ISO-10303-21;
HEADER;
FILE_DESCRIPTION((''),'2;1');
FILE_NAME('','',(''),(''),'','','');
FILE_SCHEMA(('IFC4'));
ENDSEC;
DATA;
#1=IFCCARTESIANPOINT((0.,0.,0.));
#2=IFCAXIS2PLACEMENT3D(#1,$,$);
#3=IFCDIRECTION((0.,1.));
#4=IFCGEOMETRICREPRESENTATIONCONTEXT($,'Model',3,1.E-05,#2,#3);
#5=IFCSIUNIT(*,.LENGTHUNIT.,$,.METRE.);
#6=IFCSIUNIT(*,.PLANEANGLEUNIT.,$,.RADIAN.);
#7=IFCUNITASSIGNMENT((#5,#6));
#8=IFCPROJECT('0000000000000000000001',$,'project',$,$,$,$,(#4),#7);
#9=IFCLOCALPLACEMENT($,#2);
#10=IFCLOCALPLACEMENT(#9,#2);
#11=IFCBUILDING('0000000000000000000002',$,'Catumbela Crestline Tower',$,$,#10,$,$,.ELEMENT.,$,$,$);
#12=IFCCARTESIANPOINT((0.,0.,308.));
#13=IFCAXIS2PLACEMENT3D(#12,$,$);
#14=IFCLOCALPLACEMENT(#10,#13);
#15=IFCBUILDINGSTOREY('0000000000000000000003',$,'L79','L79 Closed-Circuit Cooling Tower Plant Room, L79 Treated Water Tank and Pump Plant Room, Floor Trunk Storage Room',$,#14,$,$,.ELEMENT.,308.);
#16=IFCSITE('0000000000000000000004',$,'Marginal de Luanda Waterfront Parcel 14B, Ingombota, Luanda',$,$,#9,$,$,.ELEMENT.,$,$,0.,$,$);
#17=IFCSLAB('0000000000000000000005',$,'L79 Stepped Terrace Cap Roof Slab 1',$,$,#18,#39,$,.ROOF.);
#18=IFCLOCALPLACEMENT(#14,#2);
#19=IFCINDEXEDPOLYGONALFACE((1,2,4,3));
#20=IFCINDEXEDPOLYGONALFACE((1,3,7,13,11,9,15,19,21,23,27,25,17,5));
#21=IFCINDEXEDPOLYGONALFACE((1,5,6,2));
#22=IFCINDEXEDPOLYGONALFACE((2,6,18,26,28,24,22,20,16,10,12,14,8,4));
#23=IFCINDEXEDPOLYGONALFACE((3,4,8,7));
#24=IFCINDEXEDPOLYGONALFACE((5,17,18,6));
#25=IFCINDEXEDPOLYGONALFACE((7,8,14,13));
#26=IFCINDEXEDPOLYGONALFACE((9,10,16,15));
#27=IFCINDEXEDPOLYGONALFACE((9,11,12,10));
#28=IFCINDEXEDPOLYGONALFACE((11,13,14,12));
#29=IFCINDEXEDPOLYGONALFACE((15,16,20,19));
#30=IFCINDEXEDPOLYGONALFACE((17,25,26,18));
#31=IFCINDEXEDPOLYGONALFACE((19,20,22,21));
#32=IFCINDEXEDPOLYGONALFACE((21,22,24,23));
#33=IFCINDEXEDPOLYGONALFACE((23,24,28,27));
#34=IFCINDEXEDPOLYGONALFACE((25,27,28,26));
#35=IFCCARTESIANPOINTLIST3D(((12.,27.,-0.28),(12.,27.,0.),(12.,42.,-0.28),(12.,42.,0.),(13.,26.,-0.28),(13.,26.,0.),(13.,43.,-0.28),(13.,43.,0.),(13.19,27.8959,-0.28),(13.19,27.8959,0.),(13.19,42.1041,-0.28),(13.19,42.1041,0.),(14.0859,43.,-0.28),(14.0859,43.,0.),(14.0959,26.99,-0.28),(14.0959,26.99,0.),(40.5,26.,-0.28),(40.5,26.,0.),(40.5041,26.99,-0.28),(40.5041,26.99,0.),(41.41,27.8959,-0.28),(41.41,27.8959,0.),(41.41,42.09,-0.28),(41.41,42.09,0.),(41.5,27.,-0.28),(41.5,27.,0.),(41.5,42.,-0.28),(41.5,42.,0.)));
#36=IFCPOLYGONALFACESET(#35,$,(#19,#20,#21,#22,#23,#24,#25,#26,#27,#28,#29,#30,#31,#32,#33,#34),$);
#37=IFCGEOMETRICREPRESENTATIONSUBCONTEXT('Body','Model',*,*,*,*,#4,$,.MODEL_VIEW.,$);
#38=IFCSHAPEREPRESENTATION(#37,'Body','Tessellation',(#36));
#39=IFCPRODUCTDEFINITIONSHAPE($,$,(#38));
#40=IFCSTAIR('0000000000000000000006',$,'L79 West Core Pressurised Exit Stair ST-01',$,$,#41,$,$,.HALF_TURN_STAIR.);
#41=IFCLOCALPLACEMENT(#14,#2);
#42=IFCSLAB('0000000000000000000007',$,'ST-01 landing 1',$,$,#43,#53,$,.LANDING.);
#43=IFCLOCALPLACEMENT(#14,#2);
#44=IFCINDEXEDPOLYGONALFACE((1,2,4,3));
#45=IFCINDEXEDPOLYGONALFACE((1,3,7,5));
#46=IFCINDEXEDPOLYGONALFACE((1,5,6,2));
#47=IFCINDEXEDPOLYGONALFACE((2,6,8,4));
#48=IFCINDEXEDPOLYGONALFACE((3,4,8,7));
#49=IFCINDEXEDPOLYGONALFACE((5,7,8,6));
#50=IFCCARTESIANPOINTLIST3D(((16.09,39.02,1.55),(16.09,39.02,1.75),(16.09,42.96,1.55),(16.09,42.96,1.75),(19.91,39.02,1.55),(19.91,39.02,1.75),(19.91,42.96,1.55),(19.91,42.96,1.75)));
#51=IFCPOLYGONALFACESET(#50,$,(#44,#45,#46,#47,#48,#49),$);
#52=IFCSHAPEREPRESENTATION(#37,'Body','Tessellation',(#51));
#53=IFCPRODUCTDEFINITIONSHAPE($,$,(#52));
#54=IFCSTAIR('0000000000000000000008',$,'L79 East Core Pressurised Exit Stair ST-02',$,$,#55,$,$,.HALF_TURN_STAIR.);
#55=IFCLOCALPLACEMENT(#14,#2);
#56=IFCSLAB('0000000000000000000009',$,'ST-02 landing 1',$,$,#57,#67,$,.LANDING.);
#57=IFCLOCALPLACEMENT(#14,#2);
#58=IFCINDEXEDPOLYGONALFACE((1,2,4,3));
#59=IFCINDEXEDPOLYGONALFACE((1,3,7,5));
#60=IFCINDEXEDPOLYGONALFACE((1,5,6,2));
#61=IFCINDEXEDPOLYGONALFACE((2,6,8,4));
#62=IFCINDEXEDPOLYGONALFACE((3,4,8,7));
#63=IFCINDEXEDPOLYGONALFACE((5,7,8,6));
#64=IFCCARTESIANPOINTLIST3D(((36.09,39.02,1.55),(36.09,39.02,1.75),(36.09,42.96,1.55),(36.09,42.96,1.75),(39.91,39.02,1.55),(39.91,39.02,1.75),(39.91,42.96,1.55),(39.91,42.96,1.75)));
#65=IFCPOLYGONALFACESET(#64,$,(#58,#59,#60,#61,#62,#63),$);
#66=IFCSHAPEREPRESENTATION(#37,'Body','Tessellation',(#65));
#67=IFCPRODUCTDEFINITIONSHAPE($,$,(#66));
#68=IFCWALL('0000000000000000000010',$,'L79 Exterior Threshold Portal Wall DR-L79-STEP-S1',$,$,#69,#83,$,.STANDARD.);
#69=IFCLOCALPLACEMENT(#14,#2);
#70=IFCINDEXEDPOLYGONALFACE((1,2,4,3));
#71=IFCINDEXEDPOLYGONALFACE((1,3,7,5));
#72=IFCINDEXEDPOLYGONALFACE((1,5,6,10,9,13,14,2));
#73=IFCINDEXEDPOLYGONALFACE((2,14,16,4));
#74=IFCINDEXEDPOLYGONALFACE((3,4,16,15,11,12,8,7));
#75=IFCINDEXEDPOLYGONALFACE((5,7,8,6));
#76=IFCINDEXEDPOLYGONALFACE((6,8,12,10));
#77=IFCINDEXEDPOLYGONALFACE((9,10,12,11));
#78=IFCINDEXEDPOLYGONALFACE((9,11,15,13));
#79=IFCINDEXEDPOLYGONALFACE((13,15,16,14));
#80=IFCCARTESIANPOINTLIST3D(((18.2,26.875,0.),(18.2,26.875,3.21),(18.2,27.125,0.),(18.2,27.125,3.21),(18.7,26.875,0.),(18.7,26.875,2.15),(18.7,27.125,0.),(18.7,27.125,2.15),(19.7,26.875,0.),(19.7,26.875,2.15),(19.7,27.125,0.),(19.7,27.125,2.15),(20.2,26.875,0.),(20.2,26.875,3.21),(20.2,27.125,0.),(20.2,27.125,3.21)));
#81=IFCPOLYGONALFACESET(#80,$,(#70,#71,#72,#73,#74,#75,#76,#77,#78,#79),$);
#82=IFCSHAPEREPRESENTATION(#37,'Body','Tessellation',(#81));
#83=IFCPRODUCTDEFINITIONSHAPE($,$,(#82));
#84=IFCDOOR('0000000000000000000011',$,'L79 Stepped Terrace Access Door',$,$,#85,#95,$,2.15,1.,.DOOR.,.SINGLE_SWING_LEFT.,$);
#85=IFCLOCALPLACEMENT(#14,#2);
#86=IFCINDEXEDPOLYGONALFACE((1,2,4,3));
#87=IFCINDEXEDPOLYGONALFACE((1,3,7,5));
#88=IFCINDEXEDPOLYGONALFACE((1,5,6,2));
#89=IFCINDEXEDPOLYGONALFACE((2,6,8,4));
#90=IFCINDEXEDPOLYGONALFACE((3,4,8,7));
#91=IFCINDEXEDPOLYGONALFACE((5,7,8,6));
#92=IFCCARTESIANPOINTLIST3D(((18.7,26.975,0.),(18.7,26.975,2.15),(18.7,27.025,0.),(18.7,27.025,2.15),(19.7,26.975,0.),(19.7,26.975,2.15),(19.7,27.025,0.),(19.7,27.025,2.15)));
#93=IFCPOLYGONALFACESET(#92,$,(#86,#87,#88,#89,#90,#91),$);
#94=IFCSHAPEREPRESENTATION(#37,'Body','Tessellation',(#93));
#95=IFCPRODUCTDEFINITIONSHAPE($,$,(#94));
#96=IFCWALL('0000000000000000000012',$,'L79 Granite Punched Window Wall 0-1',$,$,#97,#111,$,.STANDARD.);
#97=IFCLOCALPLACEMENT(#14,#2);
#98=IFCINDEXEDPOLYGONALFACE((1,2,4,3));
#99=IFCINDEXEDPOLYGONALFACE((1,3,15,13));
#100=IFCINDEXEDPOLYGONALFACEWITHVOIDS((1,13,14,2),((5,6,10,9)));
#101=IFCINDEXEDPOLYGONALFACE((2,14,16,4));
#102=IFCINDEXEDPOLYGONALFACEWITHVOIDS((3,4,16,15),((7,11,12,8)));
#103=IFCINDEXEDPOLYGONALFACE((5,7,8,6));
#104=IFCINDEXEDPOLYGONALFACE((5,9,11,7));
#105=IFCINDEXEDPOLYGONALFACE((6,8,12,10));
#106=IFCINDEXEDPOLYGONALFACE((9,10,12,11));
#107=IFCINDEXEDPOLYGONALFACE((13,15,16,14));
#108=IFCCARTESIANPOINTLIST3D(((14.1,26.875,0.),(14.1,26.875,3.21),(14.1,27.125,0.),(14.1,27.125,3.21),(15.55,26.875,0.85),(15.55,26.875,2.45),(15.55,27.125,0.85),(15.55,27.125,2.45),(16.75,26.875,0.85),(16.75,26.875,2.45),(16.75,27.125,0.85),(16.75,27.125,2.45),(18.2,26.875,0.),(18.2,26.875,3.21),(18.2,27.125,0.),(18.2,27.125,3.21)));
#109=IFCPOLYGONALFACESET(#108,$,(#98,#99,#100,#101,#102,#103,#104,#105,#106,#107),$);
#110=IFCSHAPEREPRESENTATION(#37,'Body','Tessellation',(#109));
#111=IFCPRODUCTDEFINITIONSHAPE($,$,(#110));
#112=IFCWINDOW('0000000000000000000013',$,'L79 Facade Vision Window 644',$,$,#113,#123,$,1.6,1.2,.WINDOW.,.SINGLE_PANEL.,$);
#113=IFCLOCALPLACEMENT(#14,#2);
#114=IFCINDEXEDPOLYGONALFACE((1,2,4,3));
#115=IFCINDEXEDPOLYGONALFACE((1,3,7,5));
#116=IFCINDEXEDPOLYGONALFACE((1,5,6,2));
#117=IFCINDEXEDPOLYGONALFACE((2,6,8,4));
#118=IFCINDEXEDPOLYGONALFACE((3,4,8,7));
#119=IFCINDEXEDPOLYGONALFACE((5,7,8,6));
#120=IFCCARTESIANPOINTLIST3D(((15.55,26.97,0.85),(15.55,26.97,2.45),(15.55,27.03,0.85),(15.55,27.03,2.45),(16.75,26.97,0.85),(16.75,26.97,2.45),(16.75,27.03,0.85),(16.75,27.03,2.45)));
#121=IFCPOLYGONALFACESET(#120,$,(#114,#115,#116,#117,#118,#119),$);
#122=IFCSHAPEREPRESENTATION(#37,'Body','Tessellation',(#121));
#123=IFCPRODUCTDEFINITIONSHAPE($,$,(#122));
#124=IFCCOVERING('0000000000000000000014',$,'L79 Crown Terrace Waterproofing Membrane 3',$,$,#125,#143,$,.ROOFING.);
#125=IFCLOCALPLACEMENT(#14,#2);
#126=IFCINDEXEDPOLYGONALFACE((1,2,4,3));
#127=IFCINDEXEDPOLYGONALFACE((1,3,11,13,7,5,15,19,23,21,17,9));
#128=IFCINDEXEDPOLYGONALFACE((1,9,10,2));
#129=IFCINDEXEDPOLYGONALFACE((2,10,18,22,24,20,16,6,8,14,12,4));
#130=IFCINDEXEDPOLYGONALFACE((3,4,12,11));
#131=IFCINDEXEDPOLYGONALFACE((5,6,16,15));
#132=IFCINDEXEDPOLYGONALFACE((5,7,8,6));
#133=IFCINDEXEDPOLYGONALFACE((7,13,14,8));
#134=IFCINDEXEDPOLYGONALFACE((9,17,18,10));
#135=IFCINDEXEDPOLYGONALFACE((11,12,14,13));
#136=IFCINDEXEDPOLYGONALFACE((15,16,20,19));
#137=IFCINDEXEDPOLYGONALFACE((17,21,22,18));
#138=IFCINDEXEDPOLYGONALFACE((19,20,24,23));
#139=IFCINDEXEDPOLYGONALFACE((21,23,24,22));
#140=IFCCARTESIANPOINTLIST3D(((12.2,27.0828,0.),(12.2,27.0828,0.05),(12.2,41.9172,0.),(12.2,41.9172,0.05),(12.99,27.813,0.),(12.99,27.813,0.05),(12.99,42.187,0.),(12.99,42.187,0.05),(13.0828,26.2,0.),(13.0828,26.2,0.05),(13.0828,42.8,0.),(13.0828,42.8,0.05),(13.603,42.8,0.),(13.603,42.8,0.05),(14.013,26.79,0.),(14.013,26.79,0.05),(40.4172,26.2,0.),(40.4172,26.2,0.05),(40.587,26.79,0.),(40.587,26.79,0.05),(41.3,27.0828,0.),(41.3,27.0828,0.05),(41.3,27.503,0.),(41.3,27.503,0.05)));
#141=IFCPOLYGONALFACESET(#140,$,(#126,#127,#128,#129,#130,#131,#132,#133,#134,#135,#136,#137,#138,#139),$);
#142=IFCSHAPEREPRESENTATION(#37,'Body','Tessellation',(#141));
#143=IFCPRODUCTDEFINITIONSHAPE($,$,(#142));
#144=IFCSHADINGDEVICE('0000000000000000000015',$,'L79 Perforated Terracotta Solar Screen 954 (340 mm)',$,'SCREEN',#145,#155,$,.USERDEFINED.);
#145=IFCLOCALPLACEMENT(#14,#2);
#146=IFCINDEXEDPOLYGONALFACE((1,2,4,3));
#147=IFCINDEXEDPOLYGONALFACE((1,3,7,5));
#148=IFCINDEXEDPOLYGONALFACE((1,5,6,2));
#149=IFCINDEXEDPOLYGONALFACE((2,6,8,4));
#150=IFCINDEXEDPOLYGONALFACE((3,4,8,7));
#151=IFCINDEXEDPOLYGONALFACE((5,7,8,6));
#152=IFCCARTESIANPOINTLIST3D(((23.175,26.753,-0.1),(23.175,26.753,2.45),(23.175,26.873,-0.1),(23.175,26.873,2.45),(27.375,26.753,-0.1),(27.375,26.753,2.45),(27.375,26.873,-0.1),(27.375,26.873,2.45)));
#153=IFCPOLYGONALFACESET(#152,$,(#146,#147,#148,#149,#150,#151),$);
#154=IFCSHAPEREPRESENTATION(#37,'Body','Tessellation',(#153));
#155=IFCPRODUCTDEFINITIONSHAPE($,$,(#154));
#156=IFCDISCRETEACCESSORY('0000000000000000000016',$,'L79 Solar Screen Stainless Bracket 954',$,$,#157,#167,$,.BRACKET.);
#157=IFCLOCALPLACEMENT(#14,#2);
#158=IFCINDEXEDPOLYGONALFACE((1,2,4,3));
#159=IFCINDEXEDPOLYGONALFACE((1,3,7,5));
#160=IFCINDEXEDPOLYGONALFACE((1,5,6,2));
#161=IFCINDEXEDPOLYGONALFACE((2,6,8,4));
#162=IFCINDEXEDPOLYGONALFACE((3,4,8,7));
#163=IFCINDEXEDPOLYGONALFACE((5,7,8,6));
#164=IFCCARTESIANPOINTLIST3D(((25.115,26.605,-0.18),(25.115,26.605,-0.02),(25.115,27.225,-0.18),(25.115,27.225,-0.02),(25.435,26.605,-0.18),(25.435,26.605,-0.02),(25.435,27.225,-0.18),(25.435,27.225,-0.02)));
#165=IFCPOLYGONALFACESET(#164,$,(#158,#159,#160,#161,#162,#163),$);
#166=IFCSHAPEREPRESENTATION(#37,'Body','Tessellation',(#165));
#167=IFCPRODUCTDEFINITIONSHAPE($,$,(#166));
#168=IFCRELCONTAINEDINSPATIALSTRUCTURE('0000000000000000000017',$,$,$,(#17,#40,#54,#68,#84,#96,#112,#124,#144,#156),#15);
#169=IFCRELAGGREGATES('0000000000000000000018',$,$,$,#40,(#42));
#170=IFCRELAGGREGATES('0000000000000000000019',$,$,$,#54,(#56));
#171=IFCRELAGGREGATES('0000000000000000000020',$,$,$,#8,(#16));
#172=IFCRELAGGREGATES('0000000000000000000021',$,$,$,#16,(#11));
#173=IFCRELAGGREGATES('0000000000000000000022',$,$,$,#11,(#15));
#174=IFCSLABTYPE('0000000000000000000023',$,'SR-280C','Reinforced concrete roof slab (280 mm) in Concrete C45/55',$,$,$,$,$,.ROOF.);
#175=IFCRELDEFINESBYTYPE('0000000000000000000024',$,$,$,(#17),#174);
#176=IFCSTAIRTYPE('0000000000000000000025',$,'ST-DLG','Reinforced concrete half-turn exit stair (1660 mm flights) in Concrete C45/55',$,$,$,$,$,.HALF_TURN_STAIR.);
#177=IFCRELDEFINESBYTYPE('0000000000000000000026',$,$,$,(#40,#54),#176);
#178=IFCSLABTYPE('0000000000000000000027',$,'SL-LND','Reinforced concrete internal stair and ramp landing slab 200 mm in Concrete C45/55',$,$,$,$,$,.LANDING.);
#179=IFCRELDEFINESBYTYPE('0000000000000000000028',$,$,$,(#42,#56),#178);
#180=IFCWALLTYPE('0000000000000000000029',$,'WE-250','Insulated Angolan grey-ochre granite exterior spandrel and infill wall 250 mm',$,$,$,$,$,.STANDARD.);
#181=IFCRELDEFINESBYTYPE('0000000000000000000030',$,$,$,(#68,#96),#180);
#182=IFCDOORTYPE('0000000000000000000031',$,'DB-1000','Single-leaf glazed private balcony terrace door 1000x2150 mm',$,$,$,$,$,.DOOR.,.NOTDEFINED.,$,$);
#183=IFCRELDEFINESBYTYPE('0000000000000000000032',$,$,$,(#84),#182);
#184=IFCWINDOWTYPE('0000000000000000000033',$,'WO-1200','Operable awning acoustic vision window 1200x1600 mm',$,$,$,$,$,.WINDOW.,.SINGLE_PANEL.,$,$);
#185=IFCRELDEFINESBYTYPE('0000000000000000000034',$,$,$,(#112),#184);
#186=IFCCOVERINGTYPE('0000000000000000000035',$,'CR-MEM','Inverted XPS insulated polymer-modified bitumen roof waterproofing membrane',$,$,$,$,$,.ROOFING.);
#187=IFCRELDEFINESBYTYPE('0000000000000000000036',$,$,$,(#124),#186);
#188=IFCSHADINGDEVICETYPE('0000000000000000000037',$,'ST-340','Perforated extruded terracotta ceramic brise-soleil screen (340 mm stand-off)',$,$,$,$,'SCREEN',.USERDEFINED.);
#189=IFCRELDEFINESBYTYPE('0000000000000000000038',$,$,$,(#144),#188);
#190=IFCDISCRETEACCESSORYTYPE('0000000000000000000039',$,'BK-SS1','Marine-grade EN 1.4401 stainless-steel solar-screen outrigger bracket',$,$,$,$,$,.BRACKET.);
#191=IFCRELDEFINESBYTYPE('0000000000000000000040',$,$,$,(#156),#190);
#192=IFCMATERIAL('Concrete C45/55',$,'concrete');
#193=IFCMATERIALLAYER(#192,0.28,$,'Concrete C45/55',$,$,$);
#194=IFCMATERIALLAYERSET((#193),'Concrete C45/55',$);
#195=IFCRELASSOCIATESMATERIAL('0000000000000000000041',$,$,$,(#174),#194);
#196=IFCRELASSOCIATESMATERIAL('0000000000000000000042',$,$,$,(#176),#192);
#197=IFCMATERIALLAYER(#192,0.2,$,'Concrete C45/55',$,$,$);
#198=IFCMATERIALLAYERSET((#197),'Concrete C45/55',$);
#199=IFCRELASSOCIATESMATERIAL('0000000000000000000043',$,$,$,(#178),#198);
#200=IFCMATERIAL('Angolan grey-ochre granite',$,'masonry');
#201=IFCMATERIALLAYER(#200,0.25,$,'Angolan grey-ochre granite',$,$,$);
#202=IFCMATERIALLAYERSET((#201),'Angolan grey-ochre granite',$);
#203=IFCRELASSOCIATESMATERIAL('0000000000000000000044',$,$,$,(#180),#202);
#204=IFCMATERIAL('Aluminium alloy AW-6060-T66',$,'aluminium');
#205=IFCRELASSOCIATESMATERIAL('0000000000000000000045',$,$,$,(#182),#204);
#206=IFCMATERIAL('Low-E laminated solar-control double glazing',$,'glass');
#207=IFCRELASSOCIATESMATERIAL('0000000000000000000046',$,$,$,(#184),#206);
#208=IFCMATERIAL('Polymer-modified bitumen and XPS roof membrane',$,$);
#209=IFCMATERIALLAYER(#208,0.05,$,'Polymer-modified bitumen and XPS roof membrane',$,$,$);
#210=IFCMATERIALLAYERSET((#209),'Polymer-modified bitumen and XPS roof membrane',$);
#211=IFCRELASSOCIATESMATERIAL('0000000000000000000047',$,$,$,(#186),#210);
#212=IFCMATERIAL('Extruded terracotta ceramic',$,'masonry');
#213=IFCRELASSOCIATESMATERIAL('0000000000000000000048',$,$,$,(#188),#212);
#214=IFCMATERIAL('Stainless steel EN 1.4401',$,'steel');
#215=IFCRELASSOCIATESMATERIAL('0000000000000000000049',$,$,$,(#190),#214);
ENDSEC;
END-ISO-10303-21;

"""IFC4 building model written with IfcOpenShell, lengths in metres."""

from ifc_helpers import new_model, si_unit, direction, frame, frame_2d, origin, origin_2d, place, context, subcontext, project, spatial, polyline, rectangle, outline, extrude, material, layer, layer_set, type_object, element, fill, aggregate, save


model = new_model("IFC4")

# Units and contexts
model_context = context("Model", 3, precision=1e-05, world=origin(), true_north=direction((0.0, 1.0)))
body_context = subcontext(model_context, "Body", "Model", "MODEL_VIEW")
ifc_project = project(units=[si_unit("LENGTHUNIT", "METRE"), si_unit("PLANEANGLEUNIT", "RADIAN")], contexts=[model_context])

# Site, building, storey
site_placement = place(None, origin())
site = spatial("IfcSite", under=ifc_project, at=site_placement, Name="Marginal de Luanda Waterfront Parcel 14B, Ingombota, Luanda", CompositionType="ELEMENT", RefElevation=0.0)
building_placement = place(site_placement, origin())
building = spatial("IfcBuilding", under=site, at=building_placement, Name="Catumbela Crestline Tower", CompositionType="ELEMENT")
storey_placement = place(building_placement, frame((0.0, 0.0, 308.0)))
storey = spatial("IfcBuildingStorey", under=building, at=storey_placement, Name="L79", Description="L79 Closed-Circuit Cooling Tower Plant Room, L79 Treated Water Tank and Pump Plant Room, Floor Trunk Storage Room", CompositionType="ELEMENT", Elevation=308.0)

# Shared definitions
ifc_material_1 = material(Name="Aluminium alloy AW-6060-T66", Category="aluminium")
ifc_material_2 = material(Name="Low-E laminated solar-control double glazing", Category="glass")

# Slab
ifc_material_3 = material(Name="Concrete C45/55", Category="concrete")
ifc_layer_1 = layer(ifc_material_3, 0.28, Name="Concrete C45/55")
ifc_layer_set_1 = layer_set([ifc_layer_1], Name="Concrete C45/55")
slab_type_1 = type_object("IfcSlabType", Name="SR-280C", Description="Reinforced concrete roof slab (280 mm) in Concrete C45/55", PredefinedType="ROOF", material=ifc_layer_set_1)
slab_1_placement = place(storey_placement, frame((0.0, 0.0, -0.28)))
element("IfcSlab", 1, at=slab_1_placement, inside=storey, type_object=slab_type_1, Name="L79 Stepped Terrace Cap Roof Slab 1", PredefinedType="ROOF", context=body_context, shape_type="SweptSolid", body=[
    extrude(outline(polyline([(41.5, 27.0), (40.5, 26.0), (13.0, 26.0), (12.0, 27.0), (12.0, 42.0), (13.0, 43.0), (14.0859, 43.0), (13.19, 42.1041), (13.19, 27.8959), (14.0959, 26.99), (40.5041, 26.99), (41.41, 27.8959), (41.41, 42.09), (41.5, 42.0), (41.5, 27.0)])), origin(), (0.0, 0.0, 1.0), 0.28),
])

# Stairs, slabs
stair_type = type_object("IfcStairType", Name="ST-DLG", Description="Reinforced concrete half-turn exit stair (1660 mm flights) in Concrete C45/55", PredefinedType="HALF_TURN_STAIR", material=ifc_material_3)
stair_1_placement = place(storey_placement, origin())
stair_1 = element("IfcStair", 2, at=stair_1_placement, inside=storey, type_object=stair_type, Name="L79 West Core Pressurised Exit Stair ST-01", PredefinedType="HALF_TURN_STAIR")
ifc_layer_2 = layer(ifc_material_3, 0.2, Name="Concrete C45/55")
ifc_layer_set_2 = layer_set([ifc_layer_2], Name="Concrete C45/55")
slab_type_2 = type_object("IfcSlabType", Name="SL-LND", Description="Reinforced concrete internal stair and ramp landing slab 200 mm in Concrete C45/55", PredefinedType="LANDING", material=ifc_layer_set_2)
slab_2_placement = place(storey_placement, frame((0.0, 0.0, 1.55)))
slab_2 = element("IfcSlab", 3, at=slab_2_placement, type_object=slab_type_2, Name="ST-01 landing 1", PredefinedType="LANDING", context=body_context, shape_type="SweptSolid", body=[
    extrude(outline(polyline([(19.91, 39.02), (19.91, 42.96), (16.09, 42.96), (16.09, 39.02), (19.91, 39.02)])), origin(), (0.0, 0.0, 1.0), 0.2),
])
aggregate(stair_1, [slab_2])
stair_2_placement = place(storey_placement, origin())
stair_2 = element("IfcStair", 4, at=stair_2_placement, inside=storey, type_object=stair_type, Name="L79 East Core Pressurised Exit Stair ST-02", PredefinedType="HALF_TURN_STAIR")
slab_3_placement = place(storey_placement, frame((0.0, 0.0, 1.55)))
slab_3 = element("IfcSlab", 5, at=slab_3_placement, type_object=slab_type_2, Name="ST-02 landing 1", PredefinedType="LANDING", context=body_context, shape_type="SweptSolid", body=[
    extrude(outline(polyline([(39.91, 39.02), (39.91, 42.96), (36.09, 42.96), (36.09, 39.02), (39.91, 39.02)])), origin(), (0.0, 0.0, 1.0), 0.2),
])
aggregate(stair_2, [slab_3])

# Wall, opening, door
ifc_material_4 = material(Name="Angolan grey-ochre granite", Category="masonry")
ifc_layer_3 = layer(ifc_material_4, 0.25, Name="Angolan grey-ochre granite")
ifc_layer_set_3 = layer_set([ifc_layer_3], Name="Angolan grey-ochre granite")
wall_type = type_object("IfcWallType", Name="WE-250", Description="Insulated Angolan grey-ochre granite exterior spandrel and infill wall 250 mm", PredefinedType="STANDARD", material=ifc_layer_set_3)
wall_1_placement = place(storey_placement, frame((18.2, 27.0, 0.0), z_axis=(0.0, 0.0, 1.0), x_axis=(1.0, 0.0, 0.0)))
wall_1 = element("IfcWall", 6, at=wall_1_placement, inside=storey, type_object=wall_type, Name="L79 Exterior Threshold Portal Wall DR-L79-STEP-S1", PredefinedType="STANDARD", context=body_context, shape_type="SweptSolid", body=[
    extrude(rectangle(XDim=2.0, YDim=0.25, at=frame_2d((1.0, 0.0))), origin(), (0.0, 0.0, 1.0), 3.21),
])
opening_1_placement = place(wall_1_placement, frame((0.5, 0.0, 0.0)))
opening_1 = element("IfcOpeningElement", 7, at=opening_1_placement, cuts=wall_1, PredefinedType="OPENING", context=body_context, shape_type="SweptSolid", body=[
    extrude(rectangle(XDim=1.0, YDim=2.15, at=frame_2d((0.5, 1.075))), frame((0.0, 0.135, 0.0), z_axis=(0.0, -1.0, 0.0), x_axis=(1.0, 0.0, 0.0)), (0.0, 0.0, 1.0), 0.27),
])
door_type = type_object("IfcDoorType", Name="DB-1000", Description="Single-leaf glazed private balcony terrace door 1000x2150 mm", OperationType="NOTDEFINED", PredefinedType="DOOR", material=ifc_material_1)
door_placement = place(opening_1_placement, origin())
door = element("IfcDoor", 8, at=door_placement, inside=storey, type_object=door_type, Name="L79 Stepped Terrace Access Door", OperationType="SINGLE_SWING_LEFT", OverallHeight=2.15, OverallWidth=1.0, PredefinedType="DOOR", context=body_context, shape_type="SweptSolid", body=[
    extrude(rectangle(XDim=1.0, YDim=2.15, at=frame_2d((0.5, 1.075))), frame((0.0, 0.025, 0.0), z_axis=(0.0, -1.0, 0.0), x_axis=(1.0, 0.0, 0.0)), (0.0, 0.0, 1.0), 0.05),
])
fill(opening_1, door)

# Wall, opening, window
wall_2_placement = place(storey_placement, frame((14.1, 27.0, 0.0), z_axis=(0.0, 0.0, 1.0), x_axis=(1.0, 0.0, 0.0)))
wall_2 = element("IfcWall", 9, at=wall_2_placement, inside=storey, type_object=wall_type, Name="L79 Granite Punched Window Wall 0-1", PredefinedType="STANDARD", context=body_context, shape_type="SweptSolid", body=[
    extrude(rectangle(XDim=4.1, YDim=0.25, at=frame_2d((2.05, 0.0))), origin(), (0.0, 0.0, 1.0), 3.21),
])
opening_2_placement = place(wall_2_placement, frame((1.45, 0.0, 0.85)))
opening_2 = element("IfcOpeningElement", 10, at=opening_2_placement, cuts=wall_2, PredefinedType="OPENING", context=body_context, shape_type="SweptSolid", body=[
    extrude(rectangle(XDim=1.2, YDim=1.6, at=frame_2d((0.6, 0.8))), frame((0.0, 0.135, 0.0), z_axis=(0.0, -1.0, 0.0), x_axis=(1.0, 0.0, 0.0)), (0.0, 0.0, 1.0), 0.27),
])
window_type = type_object("IfcWindowType", Name="WO-1200", Description="Operable awning acoustic vision window 1200x1600 mm", PartitioningType="SINGLE_PANEL", PredefinedType="WINDOW", material=ifc_material_2)
window_placement = place(opening_2_placement, origin())
window = element("IfcWindow", 11, at=window_placement, inside=storey, type_object=window_type, Name="L79 Facade Vision Window 644", OverallHeight=1.6, OverallWidth=1.2, PartitioningType="SINGLE_PANEL", PredefinedType="WINDOW", context=body_context, shape_type="SweptSolid", body=[
    extrude(rectangle(XDim=1.2, YDim=1.6, at=frame_2d((0.6, 0.8))), frame((0.0, 0.03, 0.0), z_axis=(0.0, -1.0, 0.0), x_axis=(1.0, 0.0, 0.0)), (0.0, 0.0, 1.0), 0.06),
])
fill(opening_2, window)

# Covering
ifc_material_5 = material(Name="Polymer-modified bitumen and XPS roof membrane")
ifc_layer_4 = layer(ifc_material_5, 0.05, Name="Polymer-modified bitumen and XPS roof membrane")
ifc_layer_set_4 = layer_set([ifc_layer_4], Name="Polymer-modified bitumen and XPS roof membrane")
covering_type = type_object("IfcCoveringType", Name="CR-MEM", Description="Inverted XPS insulated polymer-modified bitumen roof waterproofing membrane", PredefinedType="ROOFING", material=ifc_layer_set_4)
covering_placement = place(storey_placement, origin())
element("IfcCovering", 12, at=covering_placement, inside=storey, type_object=covering_type, Name="L79 Crown Terrace Waterproofing Membrane 3", PredefinedType="ROOFING", context=body_context, shape_type="SweptSolid", body=[
    extrude(outline(polyline([(41.3, 27.0828), (40.4172, 26.2), (13.0828, 26.2), (12.2, 27.0828), (12.2, 41.9172), (13.0828, 42.8), (13.603, 42.8), (12.99, 42.187), (12.99, 27.813), (14.013, 26.79), (40.587, 26.79), (41.3, 27.503), (41.3, 27.0828)])), origin(), (0.0, 0.0, 1.0), 0.05),
])

# Shading device
ifc_material_6 = material(Name="Extruded terracotta ceramic", Category="masonry")
shading_device_type = type_object("IfcShadingDeviceType", Name="ST-340", Description="Perforated extruded terracotta ceramic brise-soleil screen (340 mm stand-off)", ElementType="SCREEN", PredefinedType="USERDEFINED", material=ifc_material_6)
shading_device_placement = place(storey_placement, frame((25.275, 26.813, -0.1), z_axis=(0.0, 0.0, 1.0), x_axis=(1.0, 0.0, 0.0)))
element("IfcShadingDevice", 13, at=shading_device_placement, inside=storey, type_object=shading_device_type, Name="L79 Perforated Terracotta Solar Screen 954 (340 mm)", ObjectType="SCREEN", PredefinedType="USERDEFINED", context=body_context, shape_type="SweptSolid", body=[
    extrude(rectangle(XDim=4.2, YDim=0.12, at=origin_2d()), origin(), (0.0, 0.0, 1.0), 2.55),
])

# Discrete accessory
ifc_material_7 = material(Name="Stainless steel EN 1.4401", Category="steel")
discrete_accessory_type = type_object("IfcDiscreteAccessoryType", Name="BK-SS1", Description="Marine-grade EN 1.4401 stainless-steel solar-screen outrigger bracket", PredefinedType="BRACKET", material=ifc_material_7)
discrete_accessory_placement = place(storey_placement, frame((25.275, 26.915, -0.18), z_axis=(0.0, 0.0, 1.0), x_axis=(1.0, 0.0, 0.0)))
element("IfcDiscreteAccessory", 14, at=discrete_accessory_placement, inside=storey, type_object=discrete_accessory_type, Name="L79 Solar Screen Stainless Bracket 954", PredefinedType="BRACKET", context=body_context, shape_type="SweptSolid", body=[
    extrude(rectangle(XDim=0.32, YDim=0.62, at=origin_2d()), origin(), (0.0, 0.0, 1.0), 0.16),
])

save(model, "model.ifc")
